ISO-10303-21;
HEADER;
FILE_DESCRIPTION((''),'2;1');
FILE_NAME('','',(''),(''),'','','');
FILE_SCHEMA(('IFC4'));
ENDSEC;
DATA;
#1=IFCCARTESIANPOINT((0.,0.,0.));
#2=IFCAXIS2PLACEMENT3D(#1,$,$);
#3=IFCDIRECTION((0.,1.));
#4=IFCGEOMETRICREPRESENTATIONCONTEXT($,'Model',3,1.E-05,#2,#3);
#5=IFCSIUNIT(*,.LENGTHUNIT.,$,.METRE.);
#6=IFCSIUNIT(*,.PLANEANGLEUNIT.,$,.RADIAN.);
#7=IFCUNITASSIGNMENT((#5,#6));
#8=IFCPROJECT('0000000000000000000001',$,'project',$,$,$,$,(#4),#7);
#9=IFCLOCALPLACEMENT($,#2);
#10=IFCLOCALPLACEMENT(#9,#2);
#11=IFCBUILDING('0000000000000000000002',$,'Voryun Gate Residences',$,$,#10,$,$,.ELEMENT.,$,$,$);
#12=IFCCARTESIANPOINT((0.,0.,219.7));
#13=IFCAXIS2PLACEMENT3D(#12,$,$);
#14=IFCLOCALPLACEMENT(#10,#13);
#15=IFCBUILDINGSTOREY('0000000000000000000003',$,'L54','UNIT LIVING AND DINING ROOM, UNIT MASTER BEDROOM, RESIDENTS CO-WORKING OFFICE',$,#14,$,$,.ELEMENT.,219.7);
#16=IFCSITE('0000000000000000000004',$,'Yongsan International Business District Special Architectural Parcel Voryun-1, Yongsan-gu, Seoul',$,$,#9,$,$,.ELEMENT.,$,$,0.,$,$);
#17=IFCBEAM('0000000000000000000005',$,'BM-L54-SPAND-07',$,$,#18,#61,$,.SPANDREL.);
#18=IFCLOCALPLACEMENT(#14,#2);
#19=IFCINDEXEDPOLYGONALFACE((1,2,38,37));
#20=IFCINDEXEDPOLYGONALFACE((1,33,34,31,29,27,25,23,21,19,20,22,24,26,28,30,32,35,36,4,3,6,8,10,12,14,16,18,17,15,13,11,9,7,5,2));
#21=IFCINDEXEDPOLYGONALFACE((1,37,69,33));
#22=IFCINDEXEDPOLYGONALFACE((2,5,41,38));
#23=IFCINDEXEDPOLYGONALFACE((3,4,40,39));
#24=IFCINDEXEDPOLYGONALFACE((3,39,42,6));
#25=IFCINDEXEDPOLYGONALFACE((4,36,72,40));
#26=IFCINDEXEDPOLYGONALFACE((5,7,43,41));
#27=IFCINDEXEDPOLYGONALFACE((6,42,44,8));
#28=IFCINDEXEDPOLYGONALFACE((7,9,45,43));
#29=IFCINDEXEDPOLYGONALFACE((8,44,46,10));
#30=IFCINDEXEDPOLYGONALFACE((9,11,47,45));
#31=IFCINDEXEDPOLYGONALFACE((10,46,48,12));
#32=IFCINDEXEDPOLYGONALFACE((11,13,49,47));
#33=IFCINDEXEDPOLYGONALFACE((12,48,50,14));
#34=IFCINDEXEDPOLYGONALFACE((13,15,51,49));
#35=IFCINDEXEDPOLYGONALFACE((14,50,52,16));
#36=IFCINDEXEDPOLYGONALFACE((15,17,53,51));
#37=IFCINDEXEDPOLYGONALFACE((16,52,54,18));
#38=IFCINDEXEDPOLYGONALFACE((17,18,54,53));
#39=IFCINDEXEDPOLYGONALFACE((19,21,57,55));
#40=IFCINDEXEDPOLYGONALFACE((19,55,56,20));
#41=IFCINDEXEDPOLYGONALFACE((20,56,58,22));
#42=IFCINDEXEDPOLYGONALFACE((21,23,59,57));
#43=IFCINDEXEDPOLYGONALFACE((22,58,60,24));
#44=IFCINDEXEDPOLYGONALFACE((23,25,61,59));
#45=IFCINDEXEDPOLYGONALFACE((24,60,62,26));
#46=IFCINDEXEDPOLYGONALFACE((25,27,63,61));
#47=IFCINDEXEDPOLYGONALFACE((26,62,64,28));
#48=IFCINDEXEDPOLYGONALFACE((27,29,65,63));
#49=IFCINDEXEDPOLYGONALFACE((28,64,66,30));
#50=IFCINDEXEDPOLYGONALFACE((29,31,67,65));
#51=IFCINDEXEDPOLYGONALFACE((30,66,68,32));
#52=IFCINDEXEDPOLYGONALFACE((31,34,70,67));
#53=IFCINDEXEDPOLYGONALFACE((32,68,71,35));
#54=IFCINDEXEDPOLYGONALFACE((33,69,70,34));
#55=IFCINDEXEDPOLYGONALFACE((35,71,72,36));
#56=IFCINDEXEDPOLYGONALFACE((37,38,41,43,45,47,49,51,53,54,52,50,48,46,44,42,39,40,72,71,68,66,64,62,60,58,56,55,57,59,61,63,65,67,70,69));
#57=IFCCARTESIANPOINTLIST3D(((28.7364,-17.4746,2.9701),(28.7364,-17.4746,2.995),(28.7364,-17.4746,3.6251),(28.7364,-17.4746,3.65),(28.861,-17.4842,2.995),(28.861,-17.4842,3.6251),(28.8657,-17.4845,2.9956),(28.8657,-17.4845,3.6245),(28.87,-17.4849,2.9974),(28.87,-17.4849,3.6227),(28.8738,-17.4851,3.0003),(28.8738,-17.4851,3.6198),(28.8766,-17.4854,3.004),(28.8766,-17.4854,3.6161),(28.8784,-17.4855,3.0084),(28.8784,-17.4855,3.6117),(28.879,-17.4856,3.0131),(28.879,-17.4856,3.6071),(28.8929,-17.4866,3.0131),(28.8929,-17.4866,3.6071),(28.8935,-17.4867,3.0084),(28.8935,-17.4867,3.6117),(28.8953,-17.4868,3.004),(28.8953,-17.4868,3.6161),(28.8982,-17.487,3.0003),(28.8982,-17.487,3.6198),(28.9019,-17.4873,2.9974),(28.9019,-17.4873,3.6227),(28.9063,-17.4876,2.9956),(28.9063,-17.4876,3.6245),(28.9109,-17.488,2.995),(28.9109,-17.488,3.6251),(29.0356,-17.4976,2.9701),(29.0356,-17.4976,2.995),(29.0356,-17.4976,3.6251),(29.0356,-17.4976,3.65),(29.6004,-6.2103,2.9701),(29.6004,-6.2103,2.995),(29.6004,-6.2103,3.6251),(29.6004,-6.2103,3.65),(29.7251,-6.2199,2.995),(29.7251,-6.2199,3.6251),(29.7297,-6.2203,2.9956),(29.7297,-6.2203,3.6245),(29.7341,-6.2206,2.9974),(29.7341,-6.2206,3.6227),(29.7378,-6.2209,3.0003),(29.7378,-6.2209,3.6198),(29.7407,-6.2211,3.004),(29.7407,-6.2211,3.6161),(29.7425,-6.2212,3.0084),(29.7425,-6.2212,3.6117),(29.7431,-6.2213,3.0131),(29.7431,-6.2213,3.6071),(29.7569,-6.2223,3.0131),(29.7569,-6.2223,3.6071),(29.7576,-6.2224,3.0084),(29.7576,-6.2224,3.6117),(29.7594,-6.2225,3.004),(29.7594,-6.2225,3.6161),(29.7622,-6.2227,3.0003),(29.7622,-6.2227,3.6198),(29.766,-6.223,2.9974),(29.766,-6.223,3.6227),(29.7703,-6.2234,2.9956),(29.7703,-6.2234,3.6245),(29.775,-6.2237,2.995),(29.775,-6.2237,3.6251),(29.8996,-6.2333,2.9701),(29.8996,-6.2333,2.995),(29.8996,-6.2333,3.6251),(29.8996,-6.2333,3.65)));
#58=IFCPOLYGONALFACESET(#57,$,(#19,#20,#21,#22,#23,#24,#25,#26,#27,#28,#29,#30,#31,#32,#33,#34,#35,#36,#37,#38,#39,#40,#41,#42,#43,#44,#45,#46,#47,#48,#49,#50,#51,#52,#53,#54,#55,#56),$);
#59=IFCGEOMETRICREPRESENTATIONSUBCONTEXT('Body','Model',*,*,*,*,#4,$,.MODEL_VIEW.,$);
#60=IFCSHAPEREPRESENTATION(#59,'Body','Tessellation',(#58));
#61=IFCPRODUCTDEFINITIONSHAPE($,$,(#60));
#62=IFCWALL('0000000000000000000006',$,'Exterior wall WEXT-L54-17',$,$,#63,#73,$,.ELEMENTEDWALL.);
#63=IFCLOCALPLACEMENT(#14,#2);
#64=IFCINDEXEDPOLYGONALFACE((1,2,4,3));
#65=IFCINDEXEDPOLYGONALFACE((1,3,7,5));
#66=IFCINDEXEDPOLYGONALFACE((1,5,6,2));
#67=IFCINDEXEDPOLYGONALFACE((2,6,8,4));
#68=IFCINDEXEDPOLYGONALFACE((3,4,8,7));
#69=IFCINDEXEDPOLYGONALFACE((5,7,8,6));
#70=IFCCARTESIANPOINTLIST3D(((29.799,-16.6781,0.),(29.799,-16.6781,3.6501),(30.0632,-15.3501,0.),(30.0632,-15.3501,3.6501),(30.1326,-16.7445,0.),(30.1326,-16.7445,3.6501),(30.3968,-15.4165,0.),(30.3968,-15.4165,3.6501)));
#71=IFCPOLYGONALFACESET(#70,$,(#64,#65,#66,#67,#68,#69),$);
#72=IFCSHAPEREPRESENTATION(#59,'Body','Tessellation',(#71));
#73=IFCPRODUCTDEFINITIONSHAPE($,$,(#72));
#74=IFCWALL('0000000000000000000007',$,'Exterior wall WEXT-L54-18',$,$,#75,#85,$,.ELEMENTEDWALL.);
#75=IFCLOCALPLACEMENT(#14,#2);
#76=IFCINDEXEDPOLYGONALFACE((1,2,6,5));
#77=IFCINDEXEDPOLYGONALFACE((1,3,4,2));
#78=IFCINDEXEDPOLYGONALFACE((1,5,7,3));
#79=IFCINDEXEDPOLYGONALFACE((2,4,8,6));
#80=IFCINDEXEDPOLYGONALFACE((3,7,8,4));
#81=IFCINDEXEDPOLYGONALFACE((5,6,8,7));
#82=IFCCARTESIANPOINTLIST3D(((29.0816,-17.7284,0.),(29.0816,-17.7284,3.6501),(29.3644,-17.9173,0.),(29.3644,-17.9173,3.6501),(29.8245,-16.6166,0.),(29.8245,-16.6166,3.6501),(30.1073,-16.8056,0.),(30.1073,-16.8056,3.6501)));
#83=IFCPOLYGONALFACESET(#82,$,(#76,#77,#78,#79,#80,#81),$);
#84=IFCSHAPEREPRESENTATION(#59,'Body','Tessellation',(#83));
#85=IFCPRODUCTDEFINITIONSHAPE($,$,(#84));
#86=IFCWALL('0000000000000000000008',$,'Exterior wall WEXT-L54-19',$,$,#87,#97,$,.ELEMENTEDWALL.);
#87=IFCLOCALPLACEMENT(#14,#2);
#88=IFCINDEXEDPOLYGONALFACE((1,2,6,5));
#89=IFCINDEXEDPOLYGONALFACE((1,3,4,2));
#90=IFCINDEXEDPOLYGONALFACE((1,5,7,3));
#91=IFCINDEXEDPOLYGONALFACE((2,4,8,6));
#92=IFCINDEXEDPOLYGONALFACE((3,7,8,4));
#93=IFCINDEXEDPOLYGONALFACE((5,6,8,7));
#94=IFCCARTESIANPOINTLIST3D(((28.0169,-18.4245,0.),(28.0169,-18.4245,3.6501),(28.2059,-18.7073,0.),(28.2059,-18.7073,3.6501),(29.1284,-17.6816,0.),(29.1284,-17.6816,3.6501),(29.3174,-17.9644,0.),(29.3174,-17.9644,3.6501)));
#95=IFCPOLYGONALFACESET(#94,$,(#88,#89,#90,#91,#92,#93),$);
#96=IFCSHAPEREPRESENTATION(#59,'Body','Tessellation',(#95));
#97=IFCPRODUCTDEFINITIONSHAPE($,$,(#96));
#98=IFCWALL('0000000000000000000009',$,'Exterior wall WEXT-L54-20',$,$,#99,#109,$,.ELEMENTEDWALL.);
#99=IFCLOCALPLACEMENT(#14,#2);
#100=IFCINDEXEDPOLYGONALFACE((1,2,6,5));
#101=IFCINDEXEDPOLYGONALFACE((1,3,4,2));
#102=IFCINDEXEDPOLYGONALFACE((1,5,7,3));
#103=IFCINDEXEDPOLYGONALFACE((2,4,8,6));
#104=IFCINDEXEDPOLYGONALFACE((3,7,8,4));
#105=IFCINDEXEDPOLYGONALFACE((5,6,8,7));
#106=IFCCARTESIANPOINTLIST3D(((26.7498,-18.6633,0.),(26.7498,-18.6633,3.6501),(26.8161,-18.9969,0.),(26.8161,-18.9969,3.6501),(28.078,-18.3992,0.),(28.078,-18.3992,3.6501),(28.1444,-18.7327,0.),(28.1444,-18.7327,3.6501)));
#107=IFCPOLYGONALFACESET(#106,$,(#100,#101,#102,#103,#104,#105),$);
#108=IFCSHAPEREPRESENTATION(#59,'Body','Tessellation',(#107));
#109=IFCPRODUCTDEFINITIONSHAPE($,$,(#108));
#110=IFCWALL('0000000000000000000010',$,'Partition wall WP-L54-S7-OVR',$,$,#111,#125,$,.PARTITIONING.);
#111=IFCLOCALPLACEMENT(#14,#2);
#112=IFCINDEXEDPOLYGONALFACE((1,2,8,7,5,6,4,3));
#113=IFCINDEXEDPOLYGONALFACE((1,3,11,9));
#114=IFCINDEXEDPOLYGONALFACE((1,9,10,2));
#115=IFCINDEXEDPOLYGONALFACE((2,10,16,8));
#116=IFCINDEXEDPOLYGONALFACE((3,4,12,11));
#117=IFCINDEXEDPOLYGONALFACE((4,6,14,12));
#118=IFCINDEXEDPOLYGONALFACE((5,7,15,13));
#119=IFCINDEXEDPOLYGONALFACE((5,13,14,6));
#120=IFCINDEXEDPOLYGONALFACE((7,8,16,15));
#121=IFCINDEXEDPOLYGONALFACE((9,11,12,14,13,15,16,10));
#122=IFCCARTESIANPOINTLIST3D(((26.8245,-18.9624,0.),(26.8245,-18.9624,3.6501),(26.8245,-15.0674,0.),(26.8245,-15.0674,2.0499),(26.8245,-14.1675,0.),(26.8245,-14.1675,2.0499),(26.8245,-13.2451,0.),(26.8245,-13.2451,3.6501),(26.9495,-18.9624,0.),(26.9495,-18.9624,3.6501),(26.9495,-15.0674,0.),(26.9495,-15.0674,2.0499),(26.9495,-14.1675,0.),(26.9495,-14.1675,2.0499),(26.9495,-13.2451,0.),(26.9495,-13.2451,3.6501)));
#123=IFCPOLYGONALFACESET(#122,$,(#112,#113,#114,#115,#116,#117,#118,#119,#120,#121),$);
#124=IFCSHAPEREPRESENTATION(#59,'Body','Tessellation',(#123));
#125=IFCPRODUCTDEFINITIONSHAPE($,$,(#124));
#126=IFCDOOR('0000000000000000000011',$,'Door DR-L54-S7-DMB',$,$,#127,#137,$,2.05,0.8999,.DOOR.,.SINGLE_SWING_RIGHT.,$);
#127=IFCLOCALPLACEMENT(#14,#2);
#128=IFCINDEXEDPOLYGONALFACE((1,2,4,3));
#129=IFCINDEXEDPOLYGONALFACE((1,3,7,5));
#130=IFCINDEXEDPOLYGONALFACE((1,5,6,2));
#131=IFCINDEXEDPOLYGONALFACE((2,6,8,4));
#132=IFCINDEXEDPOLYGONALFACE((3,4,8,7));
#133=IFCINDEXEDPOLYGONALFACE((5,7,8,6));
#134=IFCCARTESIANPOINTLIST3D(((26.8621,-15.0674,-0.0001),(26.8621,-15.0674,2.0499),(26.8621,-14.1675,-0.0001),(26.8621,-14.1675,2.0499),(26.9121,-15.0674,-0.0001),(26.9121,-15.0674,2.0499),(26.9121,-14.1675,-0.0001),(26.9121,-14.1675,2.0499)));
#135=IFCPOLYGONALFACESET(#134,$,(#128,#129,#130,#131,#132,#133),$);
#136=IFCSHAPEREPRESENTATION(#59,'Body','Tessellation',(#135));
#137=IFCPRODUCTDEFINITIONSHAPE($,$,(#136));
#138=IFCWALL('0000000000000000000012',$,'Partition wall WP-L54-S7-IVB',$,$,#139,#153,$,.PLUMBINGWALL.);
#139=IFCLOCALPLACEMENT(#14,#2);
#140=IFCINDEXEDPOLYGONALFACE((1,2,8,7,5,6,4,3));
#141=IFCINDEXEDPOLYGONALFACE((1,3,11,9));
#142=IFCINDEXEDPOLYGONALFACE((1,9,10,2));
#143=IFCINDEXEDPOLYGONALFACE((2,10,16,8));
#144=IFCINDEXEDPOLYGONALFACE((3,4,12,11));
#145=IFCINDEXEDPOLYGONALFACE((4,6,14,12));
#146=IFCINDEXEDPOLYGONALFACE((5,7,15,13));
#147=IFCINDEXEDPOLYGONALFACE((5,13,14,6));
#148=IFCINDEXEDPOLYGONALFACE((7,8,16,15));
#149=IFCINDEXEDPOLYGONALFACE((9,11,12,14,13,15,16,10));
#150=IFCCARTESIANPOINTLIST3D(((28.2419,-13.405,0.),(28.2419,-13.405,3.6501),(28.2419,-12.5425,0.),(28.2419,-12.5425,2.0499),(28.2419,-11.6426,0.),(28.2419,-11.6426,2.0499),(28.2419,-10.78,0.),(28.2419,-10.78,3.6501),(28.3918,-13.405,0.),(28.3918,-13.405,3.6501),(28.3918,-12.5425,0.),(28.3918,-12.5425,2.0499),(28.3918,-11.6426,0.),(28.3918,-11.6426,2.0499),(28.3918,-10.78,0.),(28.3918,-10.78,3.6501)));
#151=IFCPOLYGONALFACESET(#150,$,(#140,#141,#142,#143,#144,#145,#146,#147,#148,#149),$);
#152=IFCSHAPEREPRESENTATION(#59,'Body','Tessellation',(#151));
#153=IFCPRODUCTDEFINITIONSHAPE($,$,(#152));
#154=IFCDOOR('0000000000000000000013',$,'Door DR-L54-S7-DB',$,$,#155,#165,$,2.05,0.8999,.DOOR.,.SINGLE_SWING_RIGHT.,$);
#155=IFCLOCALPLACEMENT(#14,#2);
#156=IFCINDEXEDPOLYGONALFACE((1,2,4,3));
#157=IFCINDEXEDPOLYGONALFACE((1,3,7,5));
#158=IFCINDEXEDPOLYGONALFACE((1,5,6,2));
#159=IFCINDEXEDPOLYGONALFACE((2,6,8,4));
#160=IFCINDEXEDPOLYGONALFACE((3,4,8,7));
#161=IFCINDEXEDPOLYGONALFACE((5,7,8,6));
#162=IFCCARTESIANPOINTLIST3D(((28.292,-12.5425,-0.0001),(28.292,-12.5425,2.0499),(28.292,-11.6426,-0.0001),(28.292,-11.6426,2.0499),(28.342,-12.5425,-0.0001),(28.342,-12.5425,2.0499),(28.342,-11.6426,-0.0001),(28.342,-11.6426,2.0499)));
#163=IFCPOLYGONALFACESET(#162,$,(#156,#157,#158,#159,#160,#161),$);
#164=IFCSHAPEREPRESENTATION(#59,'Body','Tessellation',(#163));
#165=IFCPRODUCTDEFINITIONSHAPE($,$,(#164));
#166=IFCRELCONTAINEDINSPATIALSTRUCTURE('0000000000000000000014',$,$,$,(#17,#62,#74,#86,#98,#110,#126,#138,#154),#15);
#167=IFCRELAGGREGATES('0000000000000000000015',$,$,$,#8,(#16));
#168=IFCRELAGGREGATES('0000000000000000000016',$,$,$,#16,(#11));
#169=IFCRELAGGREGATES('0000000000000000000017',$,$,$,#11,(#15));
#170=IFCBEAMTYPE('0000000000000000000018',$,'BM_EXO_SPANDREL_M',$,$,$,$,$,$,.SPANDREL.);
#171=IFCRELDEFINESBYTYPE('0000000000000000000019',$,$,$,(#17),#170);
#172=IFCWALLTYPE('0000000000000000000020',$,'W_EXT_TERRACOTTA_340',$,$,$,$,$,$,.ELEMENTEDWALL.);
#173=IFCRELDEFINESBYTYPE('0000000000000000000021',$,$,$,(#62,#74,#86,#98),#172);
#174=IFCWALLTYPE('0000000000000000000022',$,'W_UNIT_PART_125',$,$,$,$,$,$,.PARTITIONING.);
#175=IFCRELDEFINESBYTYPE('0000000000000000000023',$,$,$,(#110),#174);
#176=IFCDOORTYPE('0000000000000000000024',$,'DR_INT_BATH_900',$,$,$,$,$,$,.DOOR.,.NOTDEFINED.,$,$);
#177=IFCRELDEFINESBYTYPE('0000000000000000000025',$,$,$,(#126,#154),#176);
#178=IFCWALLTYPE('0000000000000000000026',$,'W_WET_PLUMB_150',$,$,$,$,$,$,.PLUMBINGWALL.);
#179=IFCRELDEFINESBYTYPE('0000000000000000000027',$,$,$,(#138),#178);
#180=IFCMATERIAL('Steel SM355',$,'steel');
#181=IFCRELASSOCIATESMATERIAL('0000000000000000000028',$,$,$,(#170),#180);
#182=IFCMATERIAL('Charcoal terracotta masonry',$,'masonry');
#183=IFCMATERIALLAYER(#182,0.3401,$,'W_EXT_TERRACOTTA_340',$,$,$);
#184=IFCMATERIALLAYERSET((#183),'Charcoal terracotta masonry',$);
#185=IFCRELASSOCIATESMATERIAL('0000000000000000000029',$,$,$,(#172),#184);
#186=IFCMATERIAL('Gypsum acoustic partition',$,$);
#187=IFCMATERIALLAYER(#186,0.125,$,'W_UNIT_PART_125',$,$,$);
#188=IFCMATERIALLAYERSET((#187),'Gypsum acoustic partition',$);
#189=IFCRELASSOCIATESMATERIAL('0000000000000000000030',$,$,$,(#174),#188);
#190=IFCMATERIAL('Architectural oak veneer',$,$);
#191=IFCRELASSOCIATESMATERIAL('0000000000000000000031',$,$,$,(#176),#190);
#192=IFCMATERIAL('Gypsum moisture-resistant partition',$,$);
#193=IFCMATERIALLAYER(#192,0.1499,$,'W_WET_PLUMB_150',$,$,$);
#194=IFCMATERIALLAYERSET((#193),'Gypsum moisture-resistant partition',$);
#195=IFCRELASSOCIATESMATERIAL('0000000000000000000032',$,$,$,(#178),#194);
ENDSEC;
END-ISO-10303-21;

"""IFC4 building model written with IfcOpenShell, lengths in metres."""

from ifc_helpers import new_model, si_unit, direction, frame, frame_2d, origin, origin_2d, place, context, subcontext, project, spatial, rectangle, i_section, extrude, material, layer, layer_set, material_profile, profile_set, type_object, element, fill, save


model = new_model("IFC4")

# Units and contexts
model_context = context("Model", 3, precision=1e-05, world=origin(), true_north=direction((0.0, 1.0)))
body_context = subcontext(model_context, "Body", "Model", "MODEL_VIEW")
ifc_project = project(units=[si_unit("LENGTHUNIT", "METRE"), si_unit("PLANEANGLEUNIT", "RADIAN")], contexts=[model_context])

# Site, building, storey
site_placement = place(None, origin())
site = spatial("IfcSite", under=ifc_project, at=site_placement, Name="Yongsan International Business District Special Architectural Parcel Voryun-1, Yongsan-gu, Seoul", CompositionType="ELEMENT", RefElevation=0.0)
building_placement = place(site_placement, origin())
building = spatial("IfcBuilding", under=site, at=building_placement, Name="Voryun Gate Residences", CompositionType="ELEMENT")
storey_placement = place(building_placement, frame((0.0, 0.0, 219.7)))
storey = spatial("IfcBuildingStorey", under=building, at=storey_placement, Name="L54", Description="UNIT LIVING AND DINING ROOM, UNIT MASTER BEDROOM, RESIDENTS CO-WORKING OFFICE", CompositionType="ELEMENT", Elevation=219.7)

# Beam
ifc_material_1 = material(Name="Steel SM355", Category="steel")
ifc_material_profile_1 = material_profile(ifc_material_1, i_section(OverallWidth=0.3, OverallDepth=0.6799, WebThickness=0.0139, FlangeThickness=0.0249, FilletRadius=0.0181, at=origin_2d()), Name="H-680x300x14x25")
ifc_profile_set_1 = profile_set([ifc_material_profile_1], Name="Steel SM355")
beam_type = type_object("IfcBeamType", Name="BM_EXO_SPANDREL_M", PredefinedType="SPANDREL", material=ifc_profile_set_1)
beam_1_placement = place(storey_placement, frame((28.886, -17.4861, 3.3101), z_axis=(0.07648, 0.997071, 0.0), x_axis=(-0.997071, 0.07648, 0.0)))
element("IfcBeam", 1, at=beam_1_placement, inside=storey, type_object=beam_type, Name="BM-L54-SPAND-07", PredefinedType="SPANDREL", context=body_context, shape_type="SweptSolid", body=[
    extrude(i_section(OverallWidth=0.3, OverallDepth=0.6799, WebThickness=0.0139, FlangeThickness=0.0249, FilletRadius=0.0181, at=origin_2d()), origin(), (0.0, 0.0, 1.0), 11.2974),
])

# Walls
ifc_material_2 = material(Name="Charcoal terracotta masonry", Category="masonry")
ifc_layer_1 = layer(ifc_material_2, 0.3401, Name="W_EXT_TERRACOTTA_340")
ifc_layer_set_1 = layer_set([ifc_layer_1], Name="Charcoal terracotta masonry")
wall_type_1 = type_object("IfcWallType", Name="W_EXT_TERRACOTTA_340", PredefinedType="ELEMENTEDWALL", material=ifc_layer_set_1)
wall_1_placement = place(storey_placement, frame((30.23, -15.3833, 0.0), z_axis=(0.0, 0.0, 1.0), x_axis=(-0.19511, -0.980781, 0.0)))
element("IfcWall", 2, at=wall_1_placement, inside=storey, type_object=wall_type_1, Name="Exterior wall WEXT-L54-17", PredefinedType="ELEMENTEDWALL", context=body_context, shape_type="SweptSolid", body=[
    extrude(rectangle(XDim=1.354, YDim=0.3401, at=frame_2d((0.677, 0.0))), origin(), (0.0, 0.0, 1.0), 3.6501),
])
wall_2_placement = place(storey_placement, frame((29.9658, -16.7112, 0.0), z_axis=(0.0, 0.0, 1.0), x_axis=(-0.555585, -0.83146, 0.0)))
element("IfcWall", 3, at=wall_2_placement, inside=storey, type_object=wall_type_1, Name="Exterior wall WEXT-L54-18", PredefinedType="ELEMENTEDWALL", context=body_context, shape_type="SweptSolid", body=[
    extrude(rectangle(XDim=1.3372, YDim=0.3401, at=frame_2d((0.6685, 0.0))), origin(), (0.0, 0.0, 1.0), 3.6501),
])
wall_3_placement = place(storey_placement, frame((29.2229, -17.823, 0.0), z_axis=(0.0, 0.0, 1.0), x_axis=(-0.831404, -0.555669, 0.0)))
element("IfcWall", 4, at=wall_3_placement, inside=storey, type_object=wall_type_1, Name="Exterior wall WEXT-L54-19", PredefinedType="ELEMENTEDWALL", context=body_context, shape_type="SweptSolid", body=[
    extrude(rectangle(XDim=1.3369, YDim=0.3401, at=frame_2d((0.6685, 0.0))), origin(), (0.0, 0.0, 1.0), 3.6501),
])
wall_4_placement = place(storey_placement, frame((28.1113, -18.5659, 0.0), z_axis=(0.0, 0.0, 1.0), x_axis=(-0.980788, -0.195076, 0.0)))
element("IfcWall", 5, at=wall_4_placement, inside=storey, type_object=wall_type_1, Name="Exterior wall WEXT-L54-20", PredefinedType="ELEMENTEDWALL", context=body_context, shape_type="SweptSolid", body=[
    extrude(rectangle(XDim=1.3542, YDim=0.3401, at=frame_2d((0.6772, 0.0))), origin(), (0.0, 0.0, 1.0), 3.6501),
])

# Walls, openings, doors
ifc_material_3 = material(Name="Gypsum acoustic partition")
ifc_layer_2 = layer(ifc_material_3, 0.125, Name="W_UNIT_PART_125")
ifc_layer_set_2 = layer_set([ifc_layer_2], Name="Gypsum acoustic partition")
wall_type_2 = type_object("IfcWallType", Name="W_UNIT_PART_125", PredefinedType="PARTITIONING", material=ifc_layer_set_2)
wall_5_placement = place(storey_placement, frame((26.887, -18.9624, 0.0), z_axis=(0.0, 0.0, 1.0), x_axis=(0.0, 1.0, 0.0)))
wall_5 = element("IfcWall", 6, at=wall_5_placement, inside=storey, type_object=wall_type_2, Name="Partition wall WP-L54-S7-OVR", PredefinedType="PARTITIONING", context=body_context, shape_type="SweptSolid", body=[
    extrude(rectangle(XDim=5.7173, YDim=0.125, at=frame_2d((2.8586, 0.0))), origin(), (0.0, 0.0, 1.0), 3.6501),
])
opening_1_placement = place(wall_5_placement, frame((3.895, 0.0, 0.0)))
opening_1 = element("IfcOpeningElement", 7, at=opening_1_placement, cuts=wall_5, PredefinedType="OPENING", context=body_context, shape_type="SweptSolid", body=[
    extrude(rectangle(XDim=0.8999, YDim=2.05, at=frame_2d((0.45, 1.0249))), frame((0.0, 0.0725, 0.0), z_axis=(0.0, -1.0, 0.0), x_axis=(1.0, 0.0, 0.0)), (0.0, 0.0, 1.0), 0.145),
])
ifc_material_4 = material(Name="Architectural oak veneer")
door_type = type_object("IfcDoorType", Name="DR_INT_BATH_900", OperationType="NOTDEFINED", PredefinedType="DOOR", material=ifc_material_4)
door_1_placement = place(opening_1_placement, origin())
door_1 = element("IfcDoor", 8, at=door_1_placement, inside=storey, type_object=door_type, Name="Door DR-L54-S7-DMB", OperationType="SINGLE_SWING_RIGHT", OverallHeight=2.05, OverallWidth=0.8999, PredefinedType="DOOR", context=body_context, shape_type="SweptSolid", body=[
    extrude(rectangle(XDim=0.8999, YDim=2.05, at=frame_2d((0.45, 1.0249))), frame((0.0, 0.0249, 0.0), z_axis=(0.0, -1.0, 0.0), x_axis=(1.0, 0.0, 0.0)), (0.0, 0.0, 1.0), 0.05),
])
fill(opening_1, door_1)
ifc_material_5 = material(Name="Gypsum moisture-resistant partition")
ifc_layer_3 = layer(ifc_material_5, 0.1499, Name="W_WET_PLUMB_150")
ifc_layer_set_3 = layer_set([ifc_layer_3], Name="Gypsum moisture-resistant partition")
wall_type_3 = type_object("IfcWallType", Name="W_WET_PLUMB_150", PredefinedType="PLUMBINGWALL", material=ifc_layer_set_3)
wall_6_placement = place(storey_placement, frame((28.3169, -13.405, 0.0), z_axis=(0.0, 0.0, 1.0), x_axis=(0.0, 1.0, 0.0)))
wall_6 = element("IfcWall", 9, at=wall_6_placement, inside=storey, type_object=wall_type_3, Name="Partition wall WP-L54-S7-IVB", PredefinedType="PLUMBINGWALL", context=body_context, shape_type="SweptSolid", body=[
    extrude(rectangle(XDim=2.625, YDim=0.1499, at=frame_2d((1.3125, 0.0))), origin(), (0.0, 0.0, 1.0), 3.6501),
])
opening_2_placement = place(wall_6_placement, frame((0.8625, 0.0, 0.0)))
opening_2 = element("IfcOpeningElement", 10, at=opening_2_placement, cuts=wall_6, PredefinedType="OPENING", context=body_context, shape_type="SweptSolid", body=[
    extrude(rectangle(XDim=0.8999, YDim=2.05, at=frame_2d((0.45, 1.0249))), frame((0.0, 0.085, 0.0), z_axis=(0.0, -1.0, 0.0), x_axis=(1.0, 0.0, 0.0)), (0.0, 0.0, 1.0), 0.1699),
])
door_2_placement = place(opening_2_placement, origin())
door_2 = element("IfcDoor", 11, at=door_2_placement, inside=storey, type_object=door_type, Name="Door DR-L54-S7-DB", OperationType="SINGLE_SWING_RIGHT", OverallHeight=2.05, OverallWidth=0.8999, PredefinedType="DOOR", context=body_context, shape_type="SweptSolid", body=[
    extrude(rectangle(XDim=0.8999, YDim=2.05, at=frame_2d((0.45, 1.0249))), frame((0.0, 0.0249, 0.0), z_axis=(0.0, -1.0, 0.0), x_axis=(1.0, 0.0, 0.0)), (0.0, 0.0, 1.0), 0.05),
])
fill(opening_2, door_2)

save(model, "model.ifc")
